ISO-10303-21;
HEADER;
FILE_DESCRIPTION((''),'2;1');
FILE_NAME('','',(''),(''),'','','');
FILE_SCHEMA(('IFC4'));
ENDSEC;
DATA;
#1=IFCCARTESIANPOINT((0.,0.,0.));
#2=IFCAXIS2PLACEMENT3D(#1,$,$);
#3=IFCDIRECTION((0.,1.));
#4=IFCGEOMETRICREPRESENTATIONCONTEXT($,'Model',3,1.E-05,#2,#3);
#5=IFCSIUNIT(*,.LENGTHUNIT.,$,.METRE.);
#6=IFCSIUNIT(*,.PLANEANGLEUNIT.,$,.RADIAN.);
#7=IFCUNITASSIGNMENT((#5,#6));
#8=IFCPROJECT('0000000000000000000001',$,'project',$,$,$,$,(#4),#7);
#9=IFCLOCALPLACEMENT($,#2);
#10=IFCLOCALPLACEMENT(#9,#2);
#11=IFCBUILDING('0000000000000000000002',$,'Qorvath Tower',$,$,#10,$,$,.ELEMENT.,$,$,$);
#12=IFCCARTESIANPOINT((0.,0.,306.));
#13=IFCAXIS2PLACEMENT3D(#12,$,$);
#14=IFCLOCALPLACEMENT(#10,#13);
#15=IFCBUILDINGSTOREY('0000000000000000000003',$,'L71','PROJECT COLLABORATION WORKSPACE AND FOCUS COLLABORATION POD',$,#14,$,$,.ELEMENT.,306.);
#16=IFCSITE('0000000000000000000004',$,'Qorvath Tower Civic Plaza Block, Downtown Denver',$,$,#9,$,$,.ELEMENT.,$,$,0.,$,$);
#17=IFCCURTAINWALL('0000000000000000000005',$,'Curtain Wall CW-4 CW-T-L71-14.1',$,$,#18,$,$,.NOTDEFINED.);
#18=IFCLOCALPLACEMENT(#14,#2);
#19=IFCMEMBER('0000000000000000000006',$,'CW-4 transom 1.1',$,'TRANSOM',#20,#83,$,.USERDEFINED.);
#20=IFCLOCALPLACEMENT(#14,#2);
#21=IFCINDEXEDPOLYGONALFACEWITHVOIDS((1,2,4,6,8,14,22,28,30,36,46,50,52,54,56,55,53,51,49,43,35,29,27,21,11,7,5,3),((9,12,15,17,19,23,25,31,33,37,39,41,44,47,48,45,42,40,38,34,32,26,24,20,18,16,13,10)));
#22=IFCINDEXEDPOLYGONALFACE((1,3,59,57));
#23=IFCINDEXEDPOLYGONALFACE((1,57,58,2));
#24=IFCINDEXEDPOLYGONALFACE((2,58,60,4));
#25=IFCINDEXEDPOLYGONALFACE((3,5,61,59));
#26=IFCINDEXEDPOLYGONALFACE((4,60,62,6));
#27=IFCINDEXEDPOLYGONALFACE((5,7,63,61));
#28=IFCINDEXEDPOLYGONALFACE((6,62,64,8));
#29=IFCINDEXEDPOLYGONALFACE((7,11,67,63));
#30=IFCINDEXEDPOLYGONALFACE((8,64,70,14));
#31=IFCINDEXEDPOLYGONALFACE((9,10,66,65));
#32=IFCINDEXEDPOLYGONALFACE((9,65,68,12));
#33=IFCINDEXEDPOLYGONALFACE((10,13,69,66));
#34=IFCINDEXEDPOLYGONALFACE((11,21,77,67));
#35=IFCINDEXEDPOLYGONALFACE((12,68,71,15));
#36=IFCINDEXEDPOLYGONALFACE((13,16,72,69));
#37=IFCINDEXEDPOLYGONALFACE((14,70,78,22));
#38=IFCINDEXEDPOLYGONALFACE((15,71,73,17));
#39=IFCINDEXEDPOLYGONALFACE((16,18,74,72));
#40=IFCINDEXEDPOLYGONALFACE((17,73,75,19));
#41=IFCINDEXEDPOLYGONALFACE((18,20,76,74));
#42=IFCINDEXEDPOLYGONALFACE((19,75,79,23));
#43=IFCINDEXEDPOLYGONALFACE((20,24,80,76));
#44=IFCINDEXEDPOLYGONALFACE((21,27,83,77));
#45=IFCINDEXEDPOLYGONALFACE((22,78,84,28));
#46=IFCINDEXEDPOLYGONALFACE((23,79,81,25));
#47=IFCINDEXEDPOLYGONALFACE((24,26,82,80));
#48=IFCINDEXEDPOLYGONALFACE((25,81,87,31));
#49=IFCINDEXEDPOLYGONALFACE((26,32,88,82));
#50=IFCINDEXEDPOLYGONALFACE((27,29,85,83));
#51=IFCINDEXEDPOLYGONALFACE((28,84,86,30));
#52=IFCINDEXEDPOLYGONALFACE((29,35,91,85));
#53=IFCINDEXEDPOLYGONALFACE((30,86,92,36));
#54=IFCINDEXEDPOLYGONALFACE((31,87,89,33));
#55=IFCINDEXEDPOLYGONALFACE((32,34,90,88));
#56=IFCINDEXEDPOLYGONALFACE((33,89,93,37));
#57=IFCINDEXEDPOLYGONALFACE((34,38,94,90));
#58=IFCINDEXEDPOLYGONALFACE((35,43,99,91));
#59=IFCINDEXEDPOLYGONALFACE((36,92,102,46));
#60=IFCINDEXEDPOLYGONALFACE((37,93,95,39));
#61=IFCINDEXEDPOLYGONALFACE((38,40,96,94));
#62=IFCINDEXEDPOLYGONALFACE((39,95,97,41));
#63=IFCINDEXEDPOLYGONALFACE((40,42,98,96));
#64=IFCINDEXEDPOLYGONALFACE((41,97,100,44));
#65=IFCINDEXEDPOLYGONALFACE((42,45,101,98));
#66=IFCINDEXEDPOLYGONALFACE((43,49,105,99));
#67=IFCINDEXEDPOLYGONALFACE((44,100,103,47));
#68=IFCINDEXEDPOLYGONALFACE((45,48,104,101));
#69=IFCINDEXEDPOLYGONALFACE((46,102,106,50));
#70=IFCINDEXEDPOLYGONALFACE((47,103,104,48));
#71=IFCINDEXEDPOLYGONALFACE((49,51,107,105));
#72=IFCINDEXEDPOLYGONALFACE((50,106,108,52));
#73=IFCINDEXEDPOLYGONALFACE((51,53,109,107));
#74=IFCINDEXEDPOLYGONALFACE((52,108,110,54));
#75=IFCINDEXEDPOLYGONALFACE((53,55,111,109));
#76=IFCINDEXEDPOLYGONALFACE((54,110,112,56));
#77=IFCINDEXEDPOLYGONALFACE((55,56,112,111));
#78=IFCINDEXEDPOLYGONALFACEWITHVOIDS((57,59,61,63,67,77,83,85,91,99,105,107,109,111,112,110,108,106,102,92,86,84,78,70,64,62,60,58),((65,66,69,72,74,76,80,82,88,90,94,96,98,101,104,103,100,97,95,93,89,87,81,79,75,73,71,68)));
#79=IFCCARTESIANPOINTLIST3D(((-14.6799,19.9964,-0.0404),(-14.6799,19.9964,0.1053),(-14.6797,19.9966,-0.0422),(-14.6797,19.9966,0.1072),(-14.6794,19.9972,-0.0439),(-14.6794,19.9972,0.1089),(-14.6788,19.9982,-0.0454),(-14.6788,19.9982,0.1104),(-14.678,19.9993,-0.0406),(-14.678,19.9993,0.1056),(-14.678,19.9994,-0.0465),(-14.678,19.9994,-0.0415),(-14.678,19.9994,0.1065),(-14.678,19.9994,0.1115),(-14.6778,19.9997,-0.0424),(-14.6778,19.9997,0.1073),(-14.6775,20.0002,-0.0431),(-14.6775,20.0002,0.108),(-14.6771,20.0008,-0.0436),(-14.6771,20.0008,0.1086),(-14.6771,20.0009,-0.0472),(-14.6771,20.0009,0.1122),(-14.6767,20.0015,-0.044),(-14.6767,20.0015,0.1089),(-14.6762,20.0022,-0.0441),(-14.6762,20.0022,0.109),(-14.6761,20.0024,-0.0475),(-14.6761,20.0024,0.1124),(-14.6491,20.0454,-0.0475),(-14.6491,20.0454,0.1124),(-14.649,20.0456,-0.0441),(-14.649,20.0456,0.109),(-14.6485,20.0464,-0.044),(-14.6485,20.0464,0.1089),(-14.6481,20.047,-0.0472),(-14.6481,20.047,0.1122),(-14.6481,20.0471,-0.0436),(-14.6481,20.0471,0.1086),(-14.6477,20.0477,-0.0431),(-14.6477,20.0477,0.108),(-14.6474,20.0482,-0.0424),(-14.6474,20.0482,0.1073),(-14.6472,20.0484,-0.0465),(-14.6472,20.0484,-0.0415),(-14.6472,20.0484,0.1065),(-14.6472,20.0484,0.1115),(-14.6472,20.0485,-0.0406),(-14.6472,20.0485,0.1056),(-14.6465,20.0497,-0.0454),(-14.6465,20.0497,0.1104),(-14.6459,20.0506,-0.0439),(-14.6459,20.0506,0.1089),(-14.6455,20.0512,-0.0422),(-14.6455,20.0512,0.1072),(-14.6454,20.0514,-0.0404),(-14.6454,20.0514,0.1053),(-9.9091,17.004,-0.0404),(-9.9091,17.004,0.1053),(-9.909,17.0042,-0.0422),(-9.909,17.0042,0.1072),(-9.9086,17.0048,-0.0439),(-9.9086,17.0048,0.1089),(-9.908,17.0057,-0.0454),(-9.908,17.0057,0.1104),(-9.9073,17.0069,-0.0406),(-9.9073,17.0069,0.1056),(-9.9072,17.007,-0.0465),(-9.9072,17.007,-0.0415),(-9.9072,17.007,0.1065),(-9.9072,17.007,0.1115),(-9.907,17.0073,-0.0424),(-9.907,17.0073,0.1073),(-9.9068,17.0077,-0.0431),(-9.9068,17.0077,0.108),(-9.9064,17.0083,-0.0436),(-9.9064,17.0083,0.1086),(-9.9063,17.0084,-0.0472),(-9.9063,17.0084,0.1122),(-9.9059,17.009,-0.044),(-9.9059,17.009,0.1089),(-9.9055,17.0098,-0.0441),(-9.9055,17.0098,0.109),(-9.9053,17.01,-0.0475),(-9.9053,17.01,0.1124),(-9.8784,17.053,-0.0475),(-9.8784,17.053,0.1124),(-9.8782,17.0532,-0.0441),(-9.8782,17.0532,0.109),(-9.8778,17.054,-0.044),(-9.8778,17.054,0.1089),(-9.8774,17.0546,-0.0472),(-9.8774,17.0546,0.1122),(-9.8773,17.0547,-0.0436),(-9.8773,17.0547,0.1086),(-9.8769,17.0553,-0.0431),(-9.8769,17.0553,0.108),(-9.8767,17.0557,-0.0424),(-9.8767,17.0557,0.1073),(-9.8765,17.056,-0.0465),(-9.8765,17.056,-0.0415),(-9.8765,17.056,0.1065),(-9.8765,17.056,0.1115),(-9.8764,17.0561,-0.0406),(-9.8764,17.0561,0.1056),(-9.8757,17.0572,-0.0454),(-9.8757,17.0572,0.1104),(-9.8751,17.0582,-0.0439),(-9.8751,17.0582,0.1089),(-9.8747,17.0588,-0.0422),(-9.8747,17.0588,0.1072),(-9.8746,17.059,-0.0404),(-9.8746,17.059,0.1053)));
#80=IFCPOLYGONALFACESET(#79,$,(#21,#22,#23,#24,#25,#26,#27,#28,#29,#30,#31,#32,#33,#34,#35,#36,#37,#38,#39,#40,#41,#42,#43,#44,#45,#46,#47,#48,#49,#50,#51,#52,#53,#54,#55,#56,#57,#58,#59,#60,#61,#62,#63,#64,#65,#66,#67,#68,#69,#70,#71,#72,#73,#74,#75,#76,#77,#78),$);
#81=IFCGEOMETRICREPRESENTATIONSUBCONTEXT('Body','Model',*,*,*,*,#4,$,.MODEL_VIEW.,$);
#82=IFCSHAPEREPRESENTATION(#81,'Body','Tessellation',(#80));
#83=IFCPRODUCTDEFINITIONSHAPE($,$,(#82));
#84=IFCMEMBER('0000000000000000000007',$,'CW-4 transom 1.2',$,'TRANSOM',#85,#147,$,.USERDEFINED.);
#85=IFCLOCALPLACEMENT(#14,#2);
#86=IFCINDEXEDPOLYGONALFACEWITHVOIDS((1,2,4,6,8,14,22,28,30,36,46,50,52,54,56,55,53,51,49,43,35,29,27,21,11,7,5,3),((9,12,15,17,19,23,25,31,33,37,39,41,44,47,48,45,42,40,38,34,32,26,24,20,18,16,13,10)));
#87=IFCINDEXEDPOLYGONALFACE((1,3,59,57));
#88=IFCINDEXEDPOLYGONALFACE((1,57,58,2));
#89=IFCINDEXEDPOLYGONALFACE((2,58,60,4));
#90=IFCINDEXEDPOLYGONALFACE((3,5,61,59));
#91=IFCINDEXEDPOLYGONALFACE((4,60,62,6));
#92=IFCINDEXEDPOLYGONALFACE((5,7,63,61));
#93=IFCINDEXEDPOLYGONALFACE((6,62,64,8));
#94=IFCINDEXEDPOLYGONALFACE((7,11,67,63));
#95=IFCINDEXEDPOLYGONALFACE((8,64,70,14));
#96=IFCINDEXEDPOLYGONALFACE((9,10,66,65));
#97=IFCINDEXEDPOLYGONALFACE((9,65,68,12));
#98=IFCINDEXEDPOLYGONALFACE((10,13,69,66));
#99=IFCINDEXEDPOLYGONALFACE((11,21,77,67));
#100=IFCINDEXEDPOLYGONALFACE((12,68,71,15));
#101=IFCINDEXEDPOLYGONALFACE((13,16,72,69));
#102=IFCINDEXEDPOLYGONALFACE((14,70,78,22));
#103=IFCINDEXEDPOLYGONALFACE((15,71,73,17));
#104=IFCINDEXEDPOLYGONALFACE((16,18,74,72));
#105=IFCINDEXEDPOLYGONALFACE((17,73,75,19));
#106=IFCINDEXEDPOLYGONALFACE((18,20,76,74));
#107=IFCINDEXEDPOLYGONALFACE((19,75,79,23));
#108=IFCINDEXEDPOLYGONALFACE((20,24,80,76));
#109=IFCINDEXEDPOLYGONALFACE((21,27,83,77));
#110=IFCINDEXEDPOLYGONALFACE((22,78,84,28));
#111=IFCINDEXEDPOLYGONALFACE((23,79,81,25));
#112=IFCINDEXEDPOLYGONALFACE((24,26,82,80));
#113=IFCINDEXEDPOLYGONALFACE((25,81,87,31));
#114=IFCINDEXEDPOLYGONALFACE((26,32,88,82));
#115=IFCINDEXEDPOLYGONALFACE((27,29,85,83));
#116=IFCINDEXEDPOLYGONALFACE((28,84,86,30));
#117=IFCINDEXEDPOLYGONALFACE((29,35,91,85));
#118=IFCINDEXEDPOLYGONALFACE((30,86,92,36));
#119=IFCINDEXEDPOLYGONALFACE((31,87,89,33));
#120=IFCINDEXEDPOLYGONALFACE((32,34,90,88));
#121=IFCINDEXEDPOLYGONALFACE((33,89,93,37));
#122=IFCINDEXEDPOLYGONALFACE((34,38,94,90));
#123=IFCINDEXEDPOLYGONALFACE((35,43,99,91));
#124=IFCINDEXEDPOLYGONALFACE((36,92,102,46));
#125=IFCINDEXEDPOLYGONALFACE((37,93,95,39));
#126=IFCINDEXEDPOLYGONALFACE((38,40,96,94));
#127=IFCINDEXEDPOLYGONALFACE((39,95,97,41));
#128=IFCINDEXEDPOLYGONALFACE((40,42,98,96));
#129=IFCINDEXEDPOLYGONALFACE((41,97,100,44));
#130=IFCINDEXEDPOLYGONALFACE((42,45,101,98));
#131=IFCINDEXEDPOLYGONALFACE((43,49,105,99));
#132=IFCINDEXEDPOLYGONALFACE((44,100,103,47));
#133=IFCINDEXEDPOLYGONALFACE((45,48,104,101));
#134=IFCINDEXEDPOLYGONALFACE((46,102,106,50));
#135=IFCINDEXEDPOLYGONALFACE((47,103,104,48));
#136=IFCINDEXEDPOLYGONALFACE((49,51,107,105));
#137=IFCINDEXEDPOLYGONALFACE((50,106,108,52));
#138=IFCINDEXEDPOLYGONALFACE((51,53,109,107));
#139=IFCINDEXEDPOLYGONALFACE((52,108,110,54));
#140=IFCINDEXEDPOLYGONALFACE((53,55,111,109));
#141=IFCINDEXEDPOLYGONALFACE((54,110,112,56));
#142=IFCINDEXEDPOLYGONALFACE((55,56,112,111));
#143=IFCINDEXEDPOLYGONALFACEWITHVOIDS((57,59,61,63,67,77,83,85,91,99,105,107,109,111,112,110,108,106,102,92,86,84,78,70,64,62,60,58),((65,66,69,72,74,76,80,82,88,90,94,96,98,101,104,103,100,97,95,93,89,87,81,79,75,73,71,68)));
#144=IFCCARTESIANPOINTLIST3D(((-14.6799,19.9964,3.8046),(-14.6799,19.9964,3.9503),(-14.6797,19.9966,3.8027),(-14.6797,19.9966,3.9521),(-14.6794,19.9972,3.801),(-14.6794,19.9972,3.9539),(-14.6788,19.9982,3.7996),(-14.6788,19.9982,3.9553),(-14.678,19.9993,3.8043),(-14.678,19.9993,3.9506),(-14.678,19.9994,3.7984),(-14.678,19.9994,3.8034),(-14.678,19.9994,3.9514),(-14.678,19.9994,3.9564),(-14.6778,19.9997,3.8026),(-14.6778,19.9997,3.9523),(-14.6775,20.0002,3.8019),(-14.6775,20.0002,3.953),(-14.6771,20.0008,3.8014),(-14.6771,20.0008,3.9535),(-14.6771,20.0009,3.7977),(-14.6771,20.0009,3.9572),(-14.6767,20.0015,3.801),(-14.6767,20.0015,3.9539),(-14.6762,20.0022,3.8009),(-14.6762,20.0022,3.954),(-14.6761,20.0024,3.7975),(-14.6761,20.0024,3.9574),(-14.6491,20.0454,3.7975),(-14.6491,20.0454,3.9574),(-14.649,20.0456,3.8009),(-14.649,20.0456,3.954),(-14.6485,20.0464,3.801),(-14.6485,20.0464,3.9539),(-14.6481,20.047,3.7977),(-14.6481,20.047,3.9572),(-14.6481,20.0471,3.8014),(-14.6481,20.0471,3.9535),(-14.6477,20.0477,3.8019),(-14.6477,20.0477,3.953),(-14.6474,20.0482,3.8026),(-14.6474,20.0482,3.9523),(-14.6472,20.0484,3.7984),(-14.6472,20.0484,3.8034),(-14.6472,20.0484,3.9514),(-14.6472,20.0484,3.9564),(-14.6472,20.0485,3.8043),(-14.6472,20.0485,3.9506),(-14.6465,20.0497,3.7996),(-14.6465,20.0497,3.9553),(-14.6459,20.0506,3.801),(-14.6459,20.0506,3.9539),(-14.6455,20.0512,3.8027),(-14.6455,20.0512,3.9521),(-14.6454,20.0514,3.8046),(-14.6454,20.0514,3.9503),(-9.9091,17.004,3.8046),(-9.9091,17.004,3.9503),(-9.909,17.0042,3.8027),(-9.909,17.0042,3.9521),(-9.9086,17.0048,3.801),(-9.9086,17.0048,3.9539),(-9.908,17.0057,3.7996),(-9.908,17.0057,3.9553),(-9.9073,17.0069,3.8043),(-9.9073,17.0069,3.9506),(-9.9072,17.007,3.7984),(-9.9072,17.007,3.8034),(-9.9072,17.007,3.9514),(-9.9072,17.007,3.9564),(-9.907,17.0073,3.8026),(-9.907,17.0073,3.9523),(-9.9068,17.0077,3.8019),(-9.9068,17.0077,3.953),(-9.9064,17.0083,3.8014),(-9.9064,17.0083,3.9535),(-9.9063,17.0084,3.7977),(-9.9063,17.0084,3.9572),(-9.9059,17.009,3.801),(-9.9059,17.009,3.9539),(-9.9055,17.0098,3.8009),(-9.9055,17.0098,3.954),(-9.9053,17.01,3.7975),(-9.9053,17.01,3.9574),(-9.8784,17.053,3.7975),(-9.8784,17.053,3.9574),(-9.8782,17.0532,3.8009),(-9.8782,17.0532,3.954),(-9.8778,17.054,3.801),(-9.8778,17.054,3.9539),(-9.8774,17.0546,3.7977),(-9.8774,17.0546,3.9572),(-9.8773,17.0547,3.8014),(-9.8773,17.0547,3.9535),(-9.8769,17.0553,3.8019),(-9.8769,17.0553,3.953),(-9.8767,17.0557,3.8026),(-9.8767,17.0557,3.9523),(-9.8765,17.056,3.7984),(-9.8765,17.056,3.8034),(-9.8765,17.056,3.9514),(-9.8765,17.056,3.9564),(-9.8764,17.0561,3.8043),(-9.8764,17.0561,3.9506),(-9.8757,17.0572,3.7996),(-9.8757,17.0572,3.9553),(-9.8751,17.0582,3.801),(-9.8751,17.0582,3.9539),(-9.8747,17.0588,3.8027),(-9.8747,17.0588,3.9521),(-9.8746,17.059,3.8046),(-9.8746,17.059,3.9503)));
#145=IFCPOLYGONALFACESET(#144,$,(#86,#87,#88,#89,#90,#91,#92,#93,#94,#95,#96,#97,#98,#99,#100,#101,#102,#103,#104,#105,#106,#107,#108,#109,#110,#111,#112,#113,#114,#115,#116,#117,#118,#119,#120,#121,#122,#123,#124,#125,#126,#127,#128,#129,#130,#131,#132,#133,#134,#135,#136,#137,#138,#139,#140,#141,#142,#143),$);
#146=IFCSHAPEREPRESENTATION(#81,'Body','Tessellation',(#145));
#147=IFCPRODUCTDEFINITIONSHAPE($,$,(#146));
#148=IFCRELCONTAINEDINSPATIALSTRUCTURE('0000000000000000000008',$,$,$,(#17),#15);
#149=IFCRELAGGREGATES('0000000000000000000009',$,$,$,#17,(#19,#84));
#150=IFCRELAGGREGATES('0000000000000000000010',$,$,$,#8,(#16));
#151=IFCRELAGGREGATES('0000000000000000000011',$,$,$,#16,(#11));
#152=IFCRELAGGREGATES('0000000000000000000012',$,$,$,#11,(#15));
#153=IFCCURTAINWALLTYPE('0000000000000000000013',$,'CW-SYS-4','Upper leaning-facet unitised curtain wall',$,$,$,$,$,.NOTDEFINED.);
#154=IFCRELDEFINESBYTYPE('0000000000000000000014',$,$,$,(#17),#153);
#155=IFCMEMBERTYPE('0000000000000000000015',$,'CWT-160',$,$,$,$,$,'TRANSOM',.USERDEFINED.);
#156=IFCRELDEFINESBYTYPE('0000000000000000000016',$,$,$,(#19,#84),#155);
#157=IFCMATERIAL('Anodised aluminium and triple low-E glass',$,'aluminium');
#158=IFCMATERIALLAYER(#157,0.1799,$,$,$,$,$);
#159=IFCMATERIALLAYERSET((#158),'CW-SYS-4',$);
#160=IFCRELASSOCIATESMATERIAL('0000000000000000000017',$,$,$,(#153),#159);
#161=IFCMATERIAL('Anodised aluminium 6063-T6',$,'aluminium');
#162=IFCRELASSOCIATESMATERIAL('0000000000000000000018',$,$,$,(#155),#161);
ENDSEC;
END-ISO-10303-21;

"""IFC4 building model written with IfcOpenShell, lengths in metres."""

from ifc_helpers import new_model, si_unit, direction, frame, origin, origin_2d, place, context, subcontext, project, spatial, hollow_rectangle, extrude, material, layer, layer_set, material_profile, profile_set, type_object, element, aggregate, save


model = new_model("IFC4")

# Units and contexts
model_context = context("Model", 3, precision=1e-05, world=origin(), true_north=direction((0.0, 1.0)))
body_context = subcontext(model_context, "Body", "Model", "MODEL_VIEW")
ifc_project = project(units=[si_unit("LENGTHUNIT", "METRE"), si_unit("PLANEANGLEUNIT", "RADIAN")], contexts=[model_context])

# Site, building, storey
site_placement = place(None, origin())
site = spatial("IfcSite", under=ifc_project, at=site_placement, Name="Qorvath Tower Civic Plaza Block, Downtown Denver", CompositionType="ELEMENT", RefElevation=0.0)
building_placement = place(site_placement, origin())
building = spatial("IfcBuilding", under=site, at=building_placement, Name="Qorvath Tower", CompositionType="ELEMENT")
storey_placement = place(building_placement, frame((0.0, 0.0, 306.0)))
storey = spatial("IfcBuildingStorey", under=building, at=storey_placement, Name="L71", Description="PROJECT COLLABORATION WORKSPACE AND FOCUS COLLABORATION POD", CompositionType="ELEMENT", Elevation=306.0)

# Shared definitions
ifc_material_1 = material(Name="Anodised aluminium and triple low-E glass", Category="aluminium")
ifc_layer_1 = layer(ifc_material_1, 0.1799)
ifc_layer_set_1 = layer_set([ifc_layer_1], Name="CW-SYS-4")
curtain_wall_type = type_object("IfcCurtainWallType", Name="CW-SYS-4", Description="Upper leaning-facet unitised curtain wall", PredefinedType="NOTDEFINED", material=ifc_layer_set_1)

# Curtain wall
curtain_wall_1_placement = place(storey_placement, origin())
curtain_wall_1 = element("IfcCurtainWall", 1, at=curtain_wall_1_placement, inside=storey, type_object=curtain_wall_type, Name="Curtain Wall CW-4 CW-T-L71-14.1", PredefinedType="NOTDEFINED")

# Members
ifc_material_2 = material(Name="Anodised aluminium 6063-T6", Category="aluminium")
ifc_material_profile_1 = material_profile(ifc_material_2, hollow_rectangle(XDim=0.0649, YDim=0.1599, WallThickness=0.0034, InnerFilletRadius=0.0034, OuterFilletRadius=0.0071, at=origin_2d()), Name="CWT 160x65")
ifc_profile_set_1 = profile_set([ifc_material_profile_1], Name="Anodised aluminium 6063-T6")
member_type_1 = type_object("IfcMemberType", Name="CWT-160", ElementType="TRANSOM", PredefinedType="USERDEFINED", material=ifc_profile_set_1)
member_1_placement = place(storey_placement, frame((-9.8918, 17.0315, 0.0325), z_axis=(-0.847142, 0.531366, 0.0), x_axis=(-0.531366, -0.847142, 0.0)))
member_1 = element("IfcMember", 2, at=member_1_placement, type_object=member_type_1, Name="CW-4 transom 1.1", ObjectType="TRANSOM", PredefinedType="USERDEFINED", context=body_context, shape_type="SweptSolid", body=[
    extrude(hollow_rectangle(XDim=0.0649, YDim=0.1599, WallThickness=0.0034, InnerFilletRadius=0.0034, OuterFilletRadius=0.0071, at=origin_2d()), origin(), (0.0, 0.0, 1.0), 5.6316),
])
member_2_placement = place(storey_placement, frame((-9.8918, 17.0315, 3.8774), z_axis=(-0.847142, 0.531366, 0.0), x_axis=(-0.531366, -0.847142, 0.0)))
member_2 = element("IfcMember", 3, at=member_2_placement, type_object=member_type_1, Name="CW-4 transom 1.2", ObjectType="TRANSOM", PredefinedType="USERDEFINED", context=body_context, shape_type="SweptSolid", body=[
    extrude(hollow_rectangle(XDim=0.0649, YDim=0.1599, WallThickness=0.0034, InnerFilletRadius=0.0034, OuterFilletRadius=0.0071, at=origin_2d()), origin(), (0.0, 0.0, 1.0), 5.6316),
])

aggregate(curtain_wall_1, [member_1, member_2])

save(model, "model.ifc")
